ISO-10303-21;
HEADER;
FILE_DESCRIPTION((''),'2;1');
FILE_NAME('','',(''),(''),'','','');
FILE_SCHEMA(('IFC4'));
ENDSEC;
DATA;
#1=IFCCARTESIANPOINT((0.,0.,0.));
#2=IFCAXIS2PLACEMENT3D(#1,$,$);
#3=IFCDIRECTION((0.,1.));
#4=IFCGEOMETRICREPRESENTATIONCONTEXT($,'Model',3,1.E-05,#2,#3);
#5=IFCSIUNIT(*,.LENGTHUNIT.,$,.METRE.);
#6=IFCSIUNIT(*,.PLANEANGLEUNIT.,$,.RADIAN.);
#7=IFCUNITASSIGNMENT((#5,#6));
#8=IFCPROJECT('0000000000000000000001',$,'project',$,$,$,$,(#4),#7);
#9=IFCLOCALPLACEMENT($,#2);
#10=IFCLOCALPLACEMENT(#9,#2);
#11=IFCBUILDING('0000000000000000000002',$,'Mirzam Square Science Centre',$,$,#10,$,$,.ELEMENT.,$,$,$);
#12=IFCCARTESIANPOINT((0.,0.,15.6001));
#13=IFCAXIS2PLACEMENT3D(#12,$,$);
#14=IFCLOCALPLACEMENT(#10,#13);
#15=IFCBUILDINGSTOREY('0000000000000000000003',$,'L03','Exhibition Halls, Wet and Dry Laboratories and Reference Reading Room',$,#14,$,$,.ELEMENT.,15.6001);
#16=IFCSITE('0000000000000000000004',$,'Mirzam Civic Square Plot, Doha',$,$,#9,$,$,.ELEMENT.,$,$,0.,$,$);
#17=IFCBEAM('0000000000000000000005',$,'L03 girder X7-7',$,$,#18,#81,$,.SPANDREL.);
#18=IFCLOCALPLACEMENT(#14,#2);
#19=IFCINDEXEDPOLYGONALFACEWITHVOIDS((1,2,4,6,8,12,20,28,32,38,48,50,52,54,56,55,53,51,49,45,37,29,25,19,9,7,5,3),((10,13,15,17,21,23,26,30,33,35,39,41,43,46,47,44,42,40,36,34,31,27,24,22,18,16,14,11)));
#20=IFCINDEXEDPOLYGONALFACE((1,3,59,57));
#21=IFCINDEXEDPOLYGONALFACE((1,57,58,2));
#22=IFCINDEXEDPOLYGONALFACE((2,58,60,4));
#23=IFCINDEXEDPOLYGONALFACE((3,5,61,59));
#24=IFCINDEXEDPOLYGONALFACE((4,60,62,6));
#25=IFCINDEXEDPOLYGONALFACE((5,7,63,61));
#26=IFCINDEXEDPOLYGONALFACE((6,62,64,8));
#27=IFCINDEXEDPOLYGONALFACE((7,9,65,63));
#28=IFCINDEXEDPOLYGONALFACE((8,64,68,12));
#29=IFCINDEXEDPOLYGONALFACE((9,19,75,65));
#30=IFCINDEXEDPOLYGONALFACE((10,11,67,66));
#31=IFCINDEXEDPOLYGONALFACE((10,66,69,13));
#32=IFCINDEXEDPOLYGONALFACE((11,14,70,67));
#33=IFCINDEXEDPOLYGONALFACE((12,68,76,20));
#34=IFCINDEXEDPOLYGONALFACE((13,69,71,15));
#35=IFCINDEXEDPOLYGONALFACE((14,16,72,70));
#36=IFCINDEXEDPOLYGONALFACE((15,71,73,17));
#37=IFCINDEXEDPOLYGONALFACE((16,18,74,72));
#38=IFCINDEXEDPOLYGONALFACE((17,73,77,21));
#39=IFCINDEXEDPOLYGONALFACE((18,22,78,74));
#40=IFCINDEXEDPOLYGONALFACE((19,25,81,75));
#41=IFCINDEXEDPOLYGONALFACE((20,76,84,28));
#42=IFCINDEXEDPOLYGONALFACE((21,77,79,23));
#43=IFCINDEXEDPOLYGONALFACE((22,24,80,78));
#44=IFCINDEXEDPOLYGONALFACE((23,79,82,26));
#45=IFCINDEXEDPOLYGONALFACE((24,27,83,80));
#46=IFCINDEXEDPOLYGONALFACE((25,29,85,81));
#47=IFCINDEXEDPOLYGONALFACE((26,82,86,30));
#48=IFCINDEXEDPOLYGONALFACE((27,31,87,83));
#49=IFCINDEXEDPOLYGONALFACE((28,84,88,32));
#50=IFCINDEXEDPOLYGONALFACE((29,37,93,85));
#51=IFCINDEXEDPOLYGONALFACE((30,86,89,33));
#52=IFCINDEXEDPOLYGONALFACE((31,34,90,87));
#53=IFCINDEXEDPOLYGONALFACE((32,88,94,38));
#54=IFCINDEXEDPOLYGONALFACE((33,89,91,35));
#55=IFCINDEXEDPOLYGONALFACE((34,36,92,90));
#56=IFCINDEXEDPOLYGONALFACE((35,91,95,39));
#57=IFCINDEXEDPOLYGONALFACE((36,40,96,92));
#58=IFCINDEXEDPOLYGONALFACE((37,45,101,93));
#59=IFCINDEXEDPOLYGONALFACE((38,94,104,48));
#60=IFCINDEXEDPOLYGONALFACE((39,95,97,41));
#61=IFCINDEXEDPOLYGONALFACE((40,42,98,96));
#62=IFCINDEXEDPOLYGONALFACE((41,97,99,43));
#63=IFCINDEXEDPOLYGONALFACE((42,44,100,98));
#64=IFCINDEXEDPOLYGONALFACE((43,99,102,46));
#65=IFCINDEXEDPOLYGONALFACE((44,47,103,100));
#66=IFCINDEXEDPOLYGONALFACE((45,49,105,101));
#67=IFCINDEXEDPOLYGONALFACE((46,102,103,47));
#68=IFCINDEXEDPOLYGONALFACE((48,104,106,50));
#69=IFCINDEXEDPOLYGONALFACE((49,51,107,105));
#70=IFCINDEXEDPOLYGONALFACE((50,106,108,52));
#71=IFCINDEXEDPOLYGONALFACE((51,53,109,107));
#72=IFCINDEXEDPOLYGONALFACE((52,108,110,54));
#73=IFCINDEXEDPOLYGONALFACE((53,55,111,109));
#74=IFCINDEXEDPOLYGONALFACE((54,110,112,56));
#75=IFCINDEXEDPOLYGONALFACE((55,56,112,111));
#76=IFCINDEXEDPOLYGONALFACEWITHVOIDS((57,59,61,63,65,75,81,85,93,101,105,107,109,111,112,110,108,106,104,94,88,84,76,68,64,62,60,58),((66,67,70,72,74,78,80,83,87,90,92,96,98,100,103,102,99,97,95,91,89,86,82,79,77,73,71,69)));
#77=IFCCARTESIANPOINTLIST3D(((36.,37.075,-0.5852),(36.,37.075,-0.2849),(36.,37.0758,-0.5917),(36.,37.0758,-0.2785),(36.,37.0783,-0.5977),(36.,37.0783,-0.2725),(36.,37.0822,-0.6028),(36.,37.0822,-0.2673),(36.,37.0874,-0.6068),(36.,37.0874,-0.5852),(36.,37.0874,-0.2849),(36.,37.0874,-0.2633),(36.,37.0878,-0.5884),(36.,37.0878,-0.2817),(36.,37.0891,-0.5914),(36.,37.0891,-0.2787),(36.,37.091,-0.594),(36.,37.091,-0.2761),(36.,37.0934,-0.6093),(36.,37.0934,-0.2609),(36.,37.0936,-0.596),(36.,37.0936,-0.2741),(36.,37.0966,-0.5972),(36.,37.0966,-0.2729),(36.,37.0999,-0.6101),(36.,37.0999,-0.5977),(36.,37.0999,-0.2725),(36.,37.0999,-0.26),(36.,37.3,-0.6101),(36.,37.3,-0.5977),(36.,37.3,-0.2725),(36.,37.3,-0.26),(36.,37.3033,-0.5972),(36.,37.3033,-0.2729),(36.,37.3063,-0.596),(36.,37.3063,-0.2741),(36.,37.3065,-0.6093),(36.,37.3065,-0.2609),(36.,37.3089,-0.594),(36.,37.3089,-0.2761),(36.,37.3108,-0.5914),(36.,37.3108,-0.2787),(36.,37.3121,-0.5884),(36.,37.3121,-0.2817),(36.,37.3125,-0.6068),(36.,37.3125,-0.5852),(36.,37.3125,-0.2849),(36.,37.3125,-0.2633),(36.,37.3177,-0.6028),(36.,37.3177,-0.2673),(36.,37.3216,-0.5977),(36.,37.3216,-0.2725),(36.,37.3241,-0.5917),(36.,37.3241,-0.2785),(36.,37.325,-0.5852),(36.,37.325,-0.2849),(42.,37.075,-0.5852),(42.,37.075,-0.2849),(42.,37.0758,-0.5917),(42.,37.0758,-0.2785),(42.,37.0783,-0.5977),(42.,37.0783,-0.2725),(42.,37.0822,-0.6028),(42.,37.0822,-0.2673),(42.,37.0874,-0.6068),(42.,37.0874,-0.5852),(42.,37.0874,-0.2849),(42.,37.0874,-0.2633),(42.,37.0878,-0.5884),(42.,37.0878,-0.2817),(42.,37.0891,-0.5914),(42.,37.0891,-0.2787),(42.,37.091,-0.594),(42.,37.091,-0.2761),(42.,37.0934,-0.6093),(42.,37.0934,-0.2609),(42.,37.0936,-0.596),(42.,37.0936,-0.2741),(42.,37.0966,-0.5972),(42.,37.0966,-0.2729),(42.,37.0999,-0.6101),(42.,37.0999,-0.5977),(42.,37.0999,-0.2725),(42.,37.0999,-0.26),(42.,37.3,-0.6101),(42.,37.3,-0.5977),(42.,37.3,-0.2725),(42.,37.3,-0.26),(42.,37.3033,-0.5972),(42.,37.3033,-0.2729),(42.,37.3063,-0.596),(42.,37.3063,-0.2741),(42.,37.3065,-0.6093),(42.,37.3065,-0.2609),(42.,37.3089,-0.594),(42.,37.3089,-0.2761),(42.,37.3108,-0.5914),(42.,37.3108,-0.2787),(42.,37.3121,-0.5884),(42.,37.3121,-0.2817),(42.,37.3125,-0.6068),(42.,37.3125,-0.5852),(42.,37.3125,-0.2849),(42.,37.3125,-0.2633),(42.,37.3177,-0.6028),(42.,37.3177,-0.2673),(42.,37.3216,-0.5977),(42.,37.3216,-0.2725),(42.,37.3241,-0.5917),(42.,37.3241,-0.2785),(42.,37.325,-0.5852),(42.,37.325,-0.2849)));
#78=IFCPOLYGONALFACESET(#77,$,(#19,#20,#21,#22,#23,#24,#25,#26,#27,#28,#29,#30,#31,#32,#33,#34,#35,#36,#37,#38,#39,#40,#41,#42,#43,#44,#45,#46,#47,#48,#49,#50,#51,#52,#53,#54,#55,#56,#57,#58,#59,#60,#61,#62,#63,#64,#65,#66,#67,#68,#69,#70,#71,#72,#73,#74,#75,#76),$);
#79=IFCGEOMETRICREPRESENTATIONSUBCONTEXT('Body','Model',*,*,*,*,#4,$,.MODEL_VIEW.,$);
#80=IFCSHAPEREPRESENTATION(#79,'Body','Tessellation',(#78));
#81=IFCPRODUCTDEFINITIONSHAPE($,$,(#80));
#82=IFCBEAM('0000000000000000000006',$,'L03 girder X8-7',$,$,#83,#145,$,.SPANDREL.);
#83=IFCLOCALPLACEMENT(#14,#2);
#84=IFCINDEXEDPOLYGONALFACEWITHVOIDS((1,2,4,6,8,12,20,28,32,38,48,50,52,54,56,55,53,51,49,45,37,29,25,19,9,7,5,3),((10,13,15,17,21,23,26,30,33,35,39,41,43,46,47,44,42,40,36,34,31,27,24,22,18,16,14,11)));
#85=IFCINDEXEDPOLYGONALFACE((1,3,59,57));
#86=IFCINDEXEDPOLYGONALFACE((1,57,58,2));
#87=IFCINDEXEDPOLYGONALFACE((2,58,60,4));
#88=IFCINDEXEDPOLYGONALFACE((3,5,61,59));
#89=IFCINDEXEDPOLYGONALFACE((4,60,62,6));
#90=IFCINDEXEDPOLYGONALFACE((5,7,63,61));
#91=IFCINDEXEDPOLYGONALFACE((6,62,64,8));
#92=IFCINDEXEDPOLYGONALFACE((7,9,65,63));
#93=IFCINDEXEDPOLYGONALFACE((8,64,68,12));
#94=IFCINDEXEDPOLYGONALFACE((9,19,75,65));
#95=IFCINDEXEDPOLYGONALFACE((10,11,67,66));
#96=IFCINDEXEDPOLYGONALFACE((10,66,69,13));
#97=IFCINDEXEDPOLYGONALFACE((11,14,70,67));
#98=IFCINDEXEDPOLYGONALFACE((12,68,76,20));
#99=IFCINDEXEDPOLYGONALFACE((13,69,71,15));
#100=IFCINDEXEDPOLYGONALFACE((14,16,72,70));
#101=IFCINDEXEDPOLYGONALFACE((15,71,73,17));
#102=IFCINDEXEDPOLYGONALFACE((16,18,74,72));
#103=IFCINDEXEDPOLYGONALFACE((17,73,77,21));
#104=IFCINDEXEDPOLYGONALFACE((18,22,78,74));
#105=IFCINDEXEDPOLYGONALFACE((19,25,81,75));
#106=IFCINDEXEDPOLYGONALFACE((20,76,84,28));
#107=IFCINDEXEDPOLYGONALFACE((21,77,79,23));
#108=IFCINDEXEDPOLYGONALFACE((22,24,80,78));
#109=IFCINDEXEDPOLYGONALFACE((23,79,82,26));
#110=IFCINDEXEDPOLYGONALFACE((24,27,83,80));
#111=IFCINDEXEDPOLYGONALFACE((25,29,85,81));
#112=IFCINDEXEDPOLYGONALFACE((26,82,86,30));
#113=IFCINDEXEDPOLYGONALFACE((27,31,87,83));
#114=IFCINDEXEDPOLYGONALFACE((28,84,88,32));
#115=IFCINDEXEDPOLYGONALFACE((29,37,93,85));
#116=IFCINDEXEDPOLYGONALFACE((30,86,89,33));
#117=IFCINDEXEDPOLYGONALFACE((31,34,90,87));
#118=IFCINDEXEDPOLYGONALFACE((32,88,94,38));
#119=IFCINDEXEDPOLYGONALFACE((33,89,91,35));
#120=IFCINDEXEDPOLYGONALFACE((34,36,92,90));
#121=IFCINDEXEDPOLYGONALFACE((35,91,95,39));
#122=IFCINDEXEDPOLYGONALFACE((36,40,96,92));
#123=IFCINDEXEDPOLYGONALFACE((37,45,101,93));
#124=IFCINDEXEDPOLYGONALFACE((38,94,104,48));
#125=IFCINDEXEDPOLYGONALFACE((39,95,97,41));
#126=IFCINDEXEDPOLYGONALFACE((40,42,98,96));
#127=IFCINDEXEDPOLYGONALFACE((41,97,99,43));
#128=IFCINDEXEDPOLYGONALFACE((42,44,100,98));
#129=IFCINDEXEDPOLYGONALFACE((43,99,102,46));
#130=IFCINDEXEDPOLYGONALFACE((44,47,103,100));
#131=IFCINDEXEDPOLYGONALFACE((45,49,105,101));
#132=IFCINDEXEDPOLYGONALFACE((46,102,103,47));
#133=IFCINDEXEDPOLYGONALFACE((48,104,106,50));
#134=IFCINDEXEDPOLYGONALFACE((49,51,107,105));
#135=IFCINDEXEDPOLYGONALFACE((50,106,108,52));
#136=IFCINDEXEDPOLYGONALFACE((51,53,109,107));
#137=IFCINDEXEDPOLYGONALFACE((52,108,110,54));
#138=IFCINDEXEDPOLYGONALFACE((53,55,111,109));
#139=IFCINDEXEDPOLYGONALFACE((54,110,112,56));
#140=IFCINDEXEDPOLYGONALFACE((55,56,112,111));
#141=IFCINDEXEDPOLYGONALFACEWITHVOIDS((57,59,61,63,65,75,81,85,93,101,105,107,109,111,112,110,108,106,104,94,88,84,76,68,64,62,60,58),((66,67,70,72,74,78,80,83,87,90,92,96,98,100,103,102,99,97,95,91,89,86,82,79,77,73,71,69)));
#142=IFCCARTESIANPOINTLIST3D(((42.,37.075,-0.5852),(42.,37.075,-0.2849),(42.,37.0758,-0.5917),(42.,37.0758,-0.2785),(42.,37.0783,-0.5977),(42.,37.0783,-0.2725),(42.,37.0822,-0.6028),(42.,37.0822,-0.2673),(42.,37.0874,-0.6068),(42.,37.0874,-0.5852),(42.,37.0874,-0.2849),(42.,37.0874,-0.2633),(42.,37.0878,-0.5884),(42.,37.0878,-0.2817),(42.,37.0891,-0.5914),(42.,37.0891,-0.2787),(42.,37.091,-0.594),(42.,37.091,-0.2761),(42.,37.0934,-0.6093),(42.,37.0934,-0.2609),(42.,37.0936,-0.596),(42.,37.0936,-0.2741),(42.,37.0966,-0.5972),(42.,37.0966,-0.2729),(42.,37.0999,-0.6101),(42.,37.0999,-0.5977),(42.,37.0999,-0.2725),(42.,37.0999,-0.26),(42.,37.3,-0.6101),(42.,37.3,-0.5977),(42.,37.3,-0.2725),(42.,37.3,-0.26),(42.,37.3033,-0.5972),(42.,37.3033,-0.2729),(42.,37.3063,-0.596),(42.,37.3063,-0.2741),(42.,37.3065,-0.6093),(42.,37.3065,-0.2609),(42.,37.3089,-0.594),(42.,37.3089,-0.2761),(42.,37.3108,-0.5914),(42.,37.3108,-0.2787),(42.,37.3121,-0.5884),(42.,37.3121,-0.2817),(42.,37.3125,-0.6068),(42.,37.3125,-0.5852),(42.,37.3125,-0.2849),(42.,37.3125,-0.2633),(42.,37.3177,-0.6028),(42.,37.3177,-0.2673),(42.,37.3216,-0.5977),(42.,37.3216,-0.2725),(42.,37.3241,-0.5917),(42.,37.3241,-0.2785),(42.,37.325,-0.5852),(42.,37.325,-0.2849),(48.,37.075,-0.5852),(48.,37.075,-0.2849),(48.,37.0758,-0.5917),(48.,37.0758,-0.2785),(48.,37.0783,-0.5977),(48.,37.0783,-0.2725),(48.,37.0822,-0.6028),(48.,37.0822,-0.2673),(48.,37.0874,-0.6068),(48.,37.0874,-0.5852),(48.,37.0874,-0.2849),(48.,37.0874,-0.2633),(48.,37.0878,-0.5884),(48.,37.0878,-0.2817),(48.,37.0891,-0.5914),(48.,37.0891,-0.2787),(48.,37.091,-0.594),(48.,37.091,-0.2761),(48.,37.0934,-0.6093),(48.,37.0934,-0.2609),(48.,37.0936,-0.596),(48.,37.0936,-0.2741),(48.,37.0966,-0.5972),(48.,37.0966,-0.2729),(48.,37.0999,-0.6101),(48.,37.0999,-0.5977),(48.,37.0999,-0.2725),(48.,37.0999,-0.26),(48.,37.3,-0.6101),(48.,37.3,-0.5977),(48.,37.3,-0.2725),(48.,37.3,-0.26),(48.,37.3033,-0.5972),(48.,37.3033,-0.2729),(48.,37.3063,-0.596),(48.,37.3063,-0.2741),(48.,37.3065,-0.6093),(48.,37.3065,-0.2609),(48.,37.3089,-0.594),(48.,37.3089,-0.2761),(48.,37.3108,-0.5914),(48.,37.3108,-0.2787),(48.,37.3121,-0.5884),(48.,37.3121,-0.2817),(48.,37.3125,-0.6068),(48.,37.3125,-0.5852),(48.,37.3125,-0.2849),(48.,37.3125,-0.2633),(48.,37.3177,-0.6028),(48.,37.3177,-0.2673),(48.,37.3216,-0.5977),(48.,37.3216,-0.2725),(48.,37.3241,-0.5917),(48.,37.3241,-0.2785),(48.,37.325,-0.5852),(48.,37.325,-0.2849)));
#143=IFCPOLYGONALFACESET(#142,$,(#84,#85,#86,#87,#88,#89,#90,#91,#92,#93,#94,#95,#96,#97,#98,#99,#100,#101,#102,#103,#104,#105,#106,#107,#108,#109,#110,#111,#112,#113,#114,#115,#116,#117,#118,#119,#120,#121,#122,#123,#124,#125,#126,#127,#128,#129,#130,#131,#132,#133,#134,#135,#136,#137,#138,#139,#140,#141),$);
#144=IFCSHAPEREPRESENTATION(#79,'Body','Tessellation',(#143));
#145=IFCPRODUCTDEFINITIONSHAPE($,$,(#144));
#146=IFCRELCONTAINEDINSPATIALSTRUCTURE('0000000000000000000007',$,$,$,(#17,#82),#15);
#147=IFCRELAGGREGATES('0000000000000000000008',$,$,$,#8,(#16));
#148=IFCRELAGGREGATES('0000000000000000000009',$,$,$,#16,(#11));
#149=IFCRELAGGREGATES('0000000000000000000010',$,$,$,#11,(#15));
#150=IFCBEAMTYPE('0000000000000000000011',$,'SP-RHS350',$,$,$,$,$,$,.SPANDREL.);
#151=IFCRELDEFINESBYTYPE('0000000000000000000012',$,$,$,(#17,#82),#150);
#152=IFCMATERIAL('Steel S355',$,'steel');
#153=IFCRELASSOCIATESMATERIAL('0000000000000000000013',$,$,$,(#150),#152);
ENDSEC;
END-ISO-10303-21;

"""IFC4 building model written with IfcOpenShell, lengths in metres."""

from ifc_helpers import new_model, si_unit, direction, frame, origin, origin_2d, place, context, subcontext, project, spatial, hollow_rectangle, extrude, material, material_profile, profile_set, type_object, element, save


model = new_model("IFC4")

# Units and contexts
model_context = context("Model", 3, precision=1e-05, world=origin(), true_north=direction((0.0, 1.0)))
body_context = subcontext(model_context, "Body", "Model", "MODEL_VIEW")
ifc_project = project(units=[si_unit("LENGTHUNIT", "METRE"), si_unit("PLANEANGLEUNIT", "RADIAN")], contexts=[model_context])

# Site, building, storey
site_placement = place(None, origin())
site = spatial("IfcSite", under=ifc_project, at=site_placement, Name="Mirzam Civic Square Plot, Doha", CompositionType="ELEMENT", RefElevation=0.0)
building_placement = place(site_placement, origin())
building = spatial("IfcBuilding", under=site, at=building_placement, Name="Mirzam Square Science Centre", CompositionType="ELEMENT")
storey_placement = place(building_placement, frame((0.0, 0.0, 15.6001)))
storey = spatial("IfcBuildingStorey", under=building, at=storey_placement, Name="L03", Description="Exhibition Halls, Wet and Dry Laboratories and Reference Reading Room", CompositionType="ELEMENT", Elevation=15.6001)

# Shared definitions
ifc_material_1 = material(Name="Steel S355", Category="steel")

# Beams
ifc_material_profile_1 = material_profile(ifc_material_1, hollow_rectangle(XDim=0.25, YDim=0.3501, WallThickness=0.0125, InnerFilletRadius=0.0125, OuterFilletRadius=0.0249, at=origin_2d()), Name="350x250x12.5RHS")
ifc_profile_set_1 = profile_set([ifc_material_profile_1], Name="Steel S355")
beam_type_1 = type_object("IfcBeamType", Name="SP-RHS350", PredefinedType="SPANDREL", material=ifc_profile_set_1)
for number, where, z_axis, x_axis, name in (
    (1, (36.0, 37.2, -0.4351), (1.0, 0.0, 0.0), (0.0, 1.0, 0.0), "L03 girder X7-7"),
    (2, (42.0, 37.2, -0.4351), (1.0, 0.0, 0.0), (0.0, 1.0, 0.0), "L03 girder X8-7"),
):
    element("IfcBeam", number, at=place(storey_placement, frame(where, z_axis=z_axis, x_axis=x_axis)), inside=storey, type_object=beam_type_1, Name=name, PredefinedType="SPANDREL", context=body_context, shape_type="SweptSolid", body=[
        extrude(hollow_rectangle(XDim=0.25, YDim=0.3501, WallThickness=0.0125, InnerFilletRadius=0.0125, OuterFilletRadius=0.0249, at=origin_2d()), origin(), (0.0, 0.0, 1.0), 6.0),
    ])

save(model, "model.ifc")
